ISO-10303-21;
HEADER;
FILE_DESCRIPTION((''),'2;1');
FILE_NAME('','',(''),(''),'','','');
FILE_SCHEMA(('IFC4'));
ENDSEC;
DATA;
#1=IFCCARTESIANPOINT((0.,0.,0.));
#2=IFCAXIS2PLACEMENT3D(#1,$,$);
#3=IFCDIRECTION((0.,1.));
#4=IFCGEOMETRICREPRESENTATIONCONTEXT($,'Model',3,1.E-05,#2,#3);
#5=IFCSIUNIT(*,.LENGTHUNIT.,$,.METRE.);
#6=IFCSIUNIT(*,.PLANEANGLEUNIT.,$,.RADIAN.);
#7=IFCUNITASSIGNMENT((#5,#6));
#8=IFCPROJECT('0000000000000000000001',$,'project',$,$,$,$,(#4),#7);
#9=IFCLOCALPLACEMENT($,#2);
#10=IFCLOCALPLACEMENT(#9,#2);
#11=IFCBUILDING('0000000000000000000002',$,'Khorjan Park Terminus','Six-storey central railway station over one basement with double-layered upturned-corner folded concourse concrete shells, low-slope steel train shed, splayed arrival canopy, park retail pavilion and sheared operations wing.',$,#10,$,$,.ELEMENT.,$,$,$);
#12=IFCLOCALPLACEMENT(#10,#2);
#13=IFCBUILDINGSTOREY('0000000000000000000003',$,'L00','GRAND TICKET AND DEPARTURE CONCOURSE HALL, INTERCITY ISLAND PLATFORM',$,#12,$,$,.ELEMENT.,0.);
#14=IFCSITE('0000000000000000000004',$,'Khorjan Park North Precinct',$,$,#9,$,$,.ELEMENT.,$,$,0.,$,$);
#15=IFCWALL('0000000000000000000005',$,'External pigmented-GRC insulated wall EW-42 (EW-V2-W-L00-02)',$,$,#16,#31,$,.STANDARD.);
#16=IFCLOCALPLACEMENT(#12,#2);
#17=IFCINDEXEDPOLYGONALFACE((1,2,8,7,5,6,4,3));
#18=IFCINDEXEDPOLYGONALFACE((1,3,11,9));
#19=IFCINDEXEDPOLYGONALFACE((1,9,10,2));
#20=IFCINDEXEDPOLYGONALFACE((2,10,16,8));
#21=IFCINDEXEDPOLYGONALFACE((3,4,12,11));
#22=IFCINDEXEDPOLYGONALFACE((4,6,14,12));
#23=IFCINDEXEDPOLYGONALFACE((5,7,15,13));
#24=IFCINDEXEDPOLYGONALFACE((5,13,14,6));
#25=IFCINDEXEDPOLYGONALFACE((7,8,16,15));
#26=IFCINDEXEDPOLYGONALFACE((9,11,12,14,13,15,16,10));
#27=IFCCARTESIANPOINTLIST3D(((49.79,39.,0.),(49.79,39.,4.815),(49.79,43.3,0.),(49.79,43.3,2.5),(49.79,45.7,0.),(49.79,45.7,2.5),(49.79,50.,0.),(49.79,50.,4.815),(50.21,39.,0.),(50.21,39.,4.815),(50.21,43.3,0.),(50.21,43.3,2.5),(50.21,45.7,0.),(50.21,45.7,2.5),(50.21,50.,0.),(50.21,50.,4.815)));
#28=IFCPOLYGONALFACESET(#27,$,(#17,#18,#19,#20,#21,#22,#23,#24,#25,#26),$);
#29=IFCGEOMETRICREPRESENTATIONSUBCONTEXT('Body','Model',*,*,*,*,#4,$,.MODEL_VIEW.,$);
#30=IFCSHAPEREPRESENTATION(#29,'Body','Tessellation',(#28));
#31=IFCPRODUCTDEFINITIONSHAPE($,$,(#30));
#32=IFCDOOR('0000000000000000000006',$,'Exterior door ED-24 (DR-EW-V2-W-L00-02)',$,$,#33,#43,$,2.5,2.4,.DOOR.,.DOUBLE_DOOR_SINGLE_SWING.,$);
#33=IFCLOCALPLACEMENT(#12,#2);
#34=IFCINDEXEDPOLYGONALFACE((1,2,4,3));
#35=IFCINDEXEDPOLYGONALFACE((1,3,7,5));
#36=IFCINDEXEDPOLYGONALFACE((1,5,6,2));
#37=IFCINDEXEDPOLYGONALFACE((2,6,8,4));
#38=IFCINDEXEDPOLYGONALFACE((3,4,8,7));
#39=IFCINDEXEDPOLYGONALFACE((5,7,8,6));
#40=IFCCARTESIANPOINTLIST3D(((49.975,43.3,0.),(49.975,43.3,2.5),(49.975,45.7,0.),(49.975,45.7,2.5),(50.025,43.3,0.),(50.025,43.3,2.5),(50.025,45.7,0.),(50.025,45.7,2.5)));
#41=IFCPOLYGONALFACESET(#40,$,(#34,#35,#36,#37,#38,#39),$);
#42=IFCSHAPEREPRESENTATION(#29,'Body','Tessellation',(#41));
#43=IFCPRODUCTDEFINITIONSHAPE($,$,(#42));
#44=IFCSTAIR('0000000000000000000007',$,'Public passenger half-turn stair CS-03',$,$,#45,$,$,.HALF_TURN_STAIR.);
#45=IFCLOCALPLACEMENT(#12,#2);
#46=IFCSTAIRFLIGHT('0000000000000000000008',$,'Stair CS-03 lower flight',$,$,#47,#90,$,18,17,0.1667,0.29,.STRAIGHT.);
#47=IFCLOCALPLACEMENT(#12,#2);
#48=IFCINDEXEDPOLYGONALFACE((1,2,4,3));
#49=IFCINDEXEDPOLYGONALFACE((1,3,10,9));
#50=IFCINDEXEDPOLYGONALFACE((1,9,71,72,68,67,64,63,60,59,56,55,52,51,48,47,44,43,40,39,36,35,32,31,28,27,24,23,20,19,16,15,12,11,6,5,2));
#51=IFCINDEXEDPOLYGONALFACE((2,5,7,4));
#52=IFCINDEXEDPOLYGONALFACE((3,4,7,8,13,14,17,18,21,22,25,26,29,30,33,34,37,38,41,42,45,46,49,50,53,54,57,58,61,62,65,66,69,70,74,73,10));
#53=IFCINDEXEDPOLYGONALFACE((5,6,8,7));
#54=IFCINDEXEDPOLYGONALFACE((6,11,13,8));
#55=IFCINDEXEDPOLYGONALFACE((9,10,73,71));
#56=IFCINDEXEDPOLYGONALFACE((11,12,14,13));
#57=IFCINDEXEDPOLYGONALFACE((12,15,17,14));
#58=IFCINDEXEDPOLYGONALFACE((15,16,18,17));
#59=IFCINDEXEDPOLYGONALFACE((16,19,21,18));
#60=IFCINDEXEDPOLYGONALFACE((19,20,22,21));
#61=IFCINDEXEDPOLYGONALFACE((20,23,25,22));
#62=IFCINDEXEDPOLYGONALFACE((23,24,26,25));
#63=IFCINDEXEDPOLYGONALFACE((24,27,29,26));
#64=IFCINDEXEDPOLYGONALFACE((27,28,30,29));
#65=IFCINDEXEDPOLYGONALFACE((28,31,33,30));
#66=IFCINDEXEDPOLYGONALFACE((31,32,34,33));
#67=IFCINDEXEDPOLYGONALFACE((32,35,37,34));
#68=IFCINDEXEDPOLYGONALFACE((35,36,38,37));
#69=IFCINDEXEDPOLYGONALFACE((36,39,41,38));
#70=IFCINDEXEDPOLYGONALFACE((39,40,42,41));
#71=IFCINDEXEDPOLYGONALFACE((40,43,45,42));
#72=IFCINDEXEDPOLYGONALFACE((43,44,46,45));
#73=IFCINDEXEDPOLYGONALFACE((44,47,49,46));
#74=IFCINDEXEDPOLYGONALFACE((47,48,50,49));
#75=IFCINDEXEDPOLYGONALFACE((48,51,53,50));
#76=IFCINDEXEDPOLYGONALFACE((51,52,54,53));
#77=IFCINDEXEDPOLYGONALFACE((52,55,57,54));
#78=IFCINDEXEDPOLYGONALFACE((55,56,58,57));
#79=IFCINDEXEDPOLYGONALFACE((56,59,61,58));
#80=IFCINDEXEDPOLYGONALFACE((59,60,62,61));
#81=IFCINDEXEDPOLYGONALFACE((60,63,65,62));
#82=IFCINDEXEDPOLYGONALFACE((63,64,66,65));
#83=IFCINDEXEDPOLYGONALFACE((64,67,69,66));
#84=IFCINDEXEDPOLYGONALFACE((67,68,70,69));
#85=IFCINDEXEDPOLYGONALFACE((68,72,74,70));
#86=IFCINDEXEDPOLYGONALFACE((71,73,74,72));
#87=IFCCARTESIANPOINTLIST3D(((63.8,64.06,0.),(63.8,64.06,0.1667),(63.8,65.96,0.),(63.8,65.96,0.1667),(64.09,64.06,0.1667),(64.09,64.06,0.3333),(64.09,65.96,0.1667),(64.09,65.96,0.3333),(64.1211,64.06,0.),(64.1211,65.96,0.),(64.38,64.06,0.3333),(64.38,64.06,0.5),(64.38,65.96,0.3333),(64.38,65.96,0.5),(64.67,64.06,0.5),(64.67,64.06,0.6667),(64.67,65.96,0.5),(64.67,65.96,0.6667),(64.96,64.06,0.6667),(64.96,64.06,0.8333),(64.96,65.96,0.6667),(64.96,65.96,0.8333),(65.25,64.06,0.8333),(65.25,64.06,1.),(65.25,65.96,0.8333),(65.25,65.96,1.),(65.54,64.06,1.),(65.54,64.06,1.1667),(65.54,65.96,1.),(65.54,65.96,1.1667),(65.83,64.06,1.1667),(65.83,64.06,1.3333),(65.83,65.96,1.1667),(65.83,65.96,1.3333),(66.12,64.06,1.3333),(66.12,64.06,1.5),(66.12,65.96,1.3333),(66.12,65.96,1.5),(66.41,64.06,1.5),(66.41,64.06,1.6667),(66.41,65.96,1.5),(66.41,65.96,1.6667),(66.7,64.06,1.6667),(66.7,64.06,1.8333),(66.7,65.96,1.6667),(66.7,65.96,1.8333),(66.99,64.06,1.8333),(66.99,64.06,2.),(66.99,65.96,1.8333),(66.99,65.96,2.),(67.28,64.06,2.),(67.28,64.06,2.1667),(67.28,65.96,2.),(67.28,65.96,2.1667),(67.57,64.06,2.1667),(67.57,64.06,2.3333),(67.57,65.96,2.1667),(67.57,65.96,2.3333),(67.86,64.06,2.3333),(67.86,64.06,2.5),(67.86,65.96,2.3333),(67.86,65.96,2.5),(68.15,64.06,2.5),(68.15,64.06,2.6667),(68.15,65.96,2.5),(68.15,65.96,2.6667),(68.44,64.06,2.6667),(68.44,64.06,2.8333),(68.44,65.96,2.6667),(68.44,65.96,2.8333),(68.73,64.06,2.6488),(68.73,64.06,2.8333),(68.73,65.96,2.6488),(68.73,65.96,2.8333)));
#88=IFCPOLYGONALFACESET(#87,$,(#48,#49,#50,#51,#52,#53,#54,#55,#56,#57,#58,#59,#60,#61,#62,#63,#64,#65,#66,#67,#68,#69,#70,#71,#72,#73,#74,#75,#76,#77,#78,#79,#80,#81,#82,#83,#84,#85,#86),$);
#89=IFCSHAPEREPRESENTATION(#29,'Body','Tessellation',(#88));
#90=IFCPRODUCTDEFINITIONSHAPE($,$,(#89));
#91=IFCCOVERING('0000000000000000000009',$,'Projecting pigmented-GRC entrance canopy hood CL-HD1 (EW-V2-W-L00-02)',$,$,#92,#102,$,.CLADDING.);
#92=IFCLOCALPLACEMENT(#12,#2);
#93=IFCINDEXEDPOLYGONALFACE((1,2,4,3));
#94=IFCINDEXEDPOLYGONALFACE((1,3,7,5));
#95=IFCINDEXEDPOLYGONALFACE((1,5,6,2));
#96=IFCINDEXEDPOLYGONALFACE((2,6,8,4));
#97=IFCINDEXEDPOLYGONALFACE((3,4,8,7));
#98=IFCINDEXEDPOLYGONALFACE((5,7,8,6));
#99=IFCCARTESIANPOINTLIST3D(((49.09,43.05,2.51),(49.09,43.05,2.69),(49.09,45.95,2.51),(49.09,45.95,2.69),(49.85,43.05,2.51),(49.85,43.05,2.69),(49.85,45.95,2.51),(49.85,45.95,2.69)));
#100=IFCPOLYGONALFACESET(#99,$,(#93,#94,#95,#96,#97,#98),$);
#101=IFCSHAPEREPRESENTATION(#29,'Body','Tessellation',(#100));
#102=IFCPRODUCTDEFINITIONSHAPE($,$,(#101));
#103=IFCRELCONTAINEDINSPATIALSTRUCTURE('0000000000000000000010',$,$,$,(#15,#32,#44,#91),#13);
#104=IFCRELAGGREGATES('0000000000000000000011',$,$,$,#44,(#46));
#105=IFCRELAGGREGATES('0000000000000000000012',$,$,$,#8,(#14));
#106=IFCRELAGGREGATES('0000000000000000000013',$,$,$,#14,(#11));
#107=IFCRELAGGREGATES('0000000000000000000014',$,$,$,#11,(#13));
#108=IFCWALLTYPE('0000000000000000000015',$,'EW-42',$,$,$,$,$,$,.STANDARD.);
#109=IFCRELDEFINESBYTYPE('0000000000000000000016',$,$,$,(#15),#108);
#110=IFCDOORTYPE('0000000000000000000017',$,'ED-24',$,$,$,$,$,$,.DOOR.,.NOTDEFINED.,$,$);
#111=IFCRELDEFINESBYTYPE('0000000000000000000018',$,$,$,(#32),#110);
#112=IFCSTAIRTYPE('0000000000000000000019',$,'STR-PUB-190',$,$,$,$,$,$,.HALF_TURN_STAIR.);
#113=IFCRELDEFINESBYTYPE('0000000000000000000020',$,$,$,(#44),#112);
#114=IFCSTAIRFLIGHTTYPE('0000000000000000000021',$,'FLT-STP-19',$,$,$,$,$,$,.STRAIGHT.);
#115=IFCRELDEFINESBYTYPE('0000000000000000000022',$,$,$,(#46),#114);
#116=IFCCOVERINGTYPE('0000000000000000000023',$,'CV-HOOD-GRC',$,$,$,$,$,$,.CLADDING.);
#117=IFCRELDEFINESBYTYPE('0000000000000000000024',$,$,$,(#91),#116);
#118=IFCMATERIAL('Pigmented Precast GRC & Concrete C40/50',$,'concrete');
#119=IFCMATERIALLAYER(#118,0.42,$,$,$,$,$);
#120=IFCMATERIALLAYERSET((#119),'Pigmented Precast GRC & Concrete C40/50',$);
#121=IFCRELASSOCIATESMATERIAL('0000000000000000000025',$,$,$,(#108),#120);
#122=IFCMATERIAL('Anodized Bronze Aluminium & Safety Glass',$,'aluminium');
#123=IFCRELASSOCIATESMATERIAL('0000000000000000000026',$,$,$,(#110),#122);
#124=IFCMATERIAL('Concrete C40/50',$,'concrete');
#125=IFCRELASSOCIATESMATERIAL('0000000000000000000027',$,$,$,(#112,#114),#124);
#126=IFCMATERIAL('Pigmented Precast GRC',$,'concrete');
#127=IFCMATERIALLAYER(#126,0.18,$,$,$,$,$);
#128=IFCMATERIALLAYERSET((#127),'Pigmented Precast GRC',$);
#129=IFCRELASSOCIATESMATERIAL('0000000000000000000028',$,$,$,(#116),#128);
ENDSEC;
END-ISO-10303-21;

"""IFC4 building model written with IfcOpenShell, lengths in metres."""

from ifc_helpers import new_model, si_unit, direction, frame, frame_2d, origin, origin_2d, place, context, subcontext, project, spatial, polyline, rectangle, outline, extrude, material, layer, layer_set, type_object, element, fill, aggregate, save


model = new_model("IFC4")

# Units and contexts
model_context = context("Model", 3, precision=1e-05, world=origin(), true_north=direction((0.0, 1.0)))
body_context = subcontext(model_context, "Body", "Model", "MODEL_VIEW")
ifc_project = project(units=[si_unit("LENGTHUNIT", "METRE"), si_unit("PLANEANGLEUNIT", "RADIAN")], contexts=[model_context])

# Site, building, storey
site_placement = place(None, origin())
site = spatial("IfcSite", under=ifc_project, at=site_placement, Name="Khorjan Park North Precinct", CompositionType="ELEMENT", RefElevation=0.0)
building_placement = place(site_placement, origin())
building = spatial("IfcBuilding", under=site, at=building_placement, Name="Khorjan Park Terminus", Description="Six-storey central railway station over one basement with double-layered upturned-corner folded concourse concrete shells, low-slope steel train shed, splayed arrival canopy, park retail pavilion and sheared operations wing.", CompositionType="ELEMENT")
storey_placement = place(building_placement, origin())
storey = spatial("IfcBuildingStorey", under=building, at=storey_placement, Name="L00", Description="GRAND TICKET AND DEPARTURE CONCOURSE HALL, INTERCITY ISLAND PLATFORM", CompositionType="ELEMENT", Elevation=0.0)

# Shared definitions
ifc_material_1 = material(Name="Concrete C40/50", Category="concrete")

# Wall, opening, door
ifc_material_2 = material(Name="Pigmented Precast GRC & Concrete C40/50", Category="concrete")
ifc_layer_1 = layer(ifc_material_2, 0.42)
ifc_layer_set_1 = layer_set([ifc_layer_1], Name="Pigmented Precast GRC & Concrete C40/50")
wall_type = type_object("IfcWallType", Name="EW-42", PredefinedType="STANDARD", material=ifc_layer_set_1)
wall_placement = place(storey_placement, frame((50.0, 50.0, 0.0), z_axis=(0.0, 0.0, 1.0), x_axis=(0.0, -1.0, 0.0)))
wall = element("IfcWall", 1, at=wall_placement, inside=storey, type_object=wall_type, Name="External pigmented-GRC insulated wall EW-42 (EW-V2-W-L00-02)", PredefinedType="STANDARD", context=body_context, shape_type="SweptSolid", body=[
    extrude(rectangle(XDim=11.0, YDim=0.42, at=frame_2d((5.5, 0.0))), origin(), (0.0, 0.0, 1.0), 4.815),
])
opening_placement = place(wall_placement, frame((4.3, 0.0, 0.0)))
opening = element("IfcOpeningElement", 2, at=opening_placement, cuts=wall, PredefinedType="OPENING", context=body_context, shape_type="SweptSolid", body=[
    extrude(rectangle(XDim=2.4, YDim=2.5, at=frame_2d((1.2, 1.25))), frame((0.0, 0.22, 0.0), z_axis=(0.0, -1.0, 0.0), x_axis=(1.0, 0.0, 0.0)), (0.0, 0.0, 1.0), 0.44),
])
ifc_material_3 = material(Name="Anodized Bronze Aluminium & Safety Glass", Category="aluminium")
door_type = type_object("IfcDoorType", Name="ED-24", OperationType="NOTDEFINED", PredefinedType="DOOR", material=ifc_material_3)
door_placement = place(opening_placement, origin())
door = element("IfcDoor", 3, at=door_placement, inside=storey, type_object=door_type, Name="Exterior door ED-24 (DR-EW-V2-W-L00-02)", OperationType="DOUBLE_DOOR_SINGLE_SWING", OverallHeight=2.5, OverallWidth=2.4, PredefinedType="DOOR", context=body_context, shape_type="SweptSolid", body=[
    extrude(rectangle(XDim=2.4, YDim=2.5, at=frame_2d((1.2, 1.25))), frame((0.0, 0.025, 0.0), z_axis=(0.0, -1.0, 0.0), x_axis=(1.0, 0.0, 0.0)), (0.0, 0.0, 1.0), 0.05),
])
fill(opening, door)

# Stair, stair flight
stair_type = type_object("IfcStairType", Name="STR-PUB-190", PredefinedType="HALF_TURN_STAIR", material=ifc_material_1)
stair_placement = place(storey_placement, origin())
stair = element("IfcStair", 4, at=stair_placement, inside=storey, type_object=stair_type, Name="Public passenger half-turn stair CS-03", PredefinedType="HALF_TURN_STAIR")
stair_flight_type = type_object("IfcStairFlightType", Name="FLT-STP-19", PredefinedType="STRAIGHT", material=ifc_material_1)
stair_flight_placement = place(storey_placement, frame((63.8, 65.01, 0.0), z_axis=(0.0, 0.0, 1.0), x_axis=(1.0, 0.0, 0.0)))
stair_flight = element("IfcStairFlight", 5, at=stair_flight_placement, type_object=stair_flight_type, Name="Stair CS-03 lower flight", NumberOfRisers=18, NumberOfTreads=17, PredefinedType="STRAIGHT", RiserHeight=0.1667, TreadLength=0.29, context=body_context, shape_type="SweptSolid", body=[
    extrude(outline(polyline([(0.0, 0.0), (0.0, 0.1667), (0.29, 0.1667), (0.29, 0.3333), (0.58, 0.3333), (0.58, 0.5), (0.87, 0.5), (0.87, 0.6667), (1.16, 0.6667), (1.16, 0.8333), (1.45, 0.8333), (1.45, 1.0), (1.74, 1.0), (1.74, 1.1667), (2.03, 1.1667), (2.03, 1.3333), (2.32, 1.3333), (2.32, 1.5), (2.61, 1.5), (2.61, 1.6667), (2.9, 1.6667), (2.9, 1.8333), (3.19, 1.8333), (3.19, 2.0), (3.48, 2.0), (3.48, 2.1667), (3.77, 2.1667), (3.77, 2.3333), (4.06, 2.3333), (4.06, 2.5), (4.35, 2.5), (4.35, 2.6667), (4.64, 2.6667), (4.64, 2.8333), (4.93, 2.8333), (4.93, 3.0), (4.93, 2.6488), (0.3211, 0.0), (0.0, 0.0)])), frame((0.0, 0.95, 0.0), z_axis=(0.0, -1.0, 0.0), x_axis=(1.0, 0.0, 0.0)), (0.0, 0.0, 1.0), 1.9),
])

# Covering
ifc_material_4 = material(Name="Pigmented Precast GRC", Category="concrete")
ifc_layer_2 = layer(ifc_material_4, 0.18)
ifc_layer_set_2 = layer_set([ifc_layer_2], Name="Pigmented Precast GRC")
covering_type = type_object("IfcCoveringType", Name="CV-HOOD-GRC", PredefinedType="CLADDING", material=ifc_layer_set_2)
covering_placement = place(storey_placement, frame((49.47, 44.5, 2.51), z_axis=(0.0, 0.0, 1.0), x_axis=(0.0, -1.0, 0.0)))
element("IfcCovering", 6, at=covering_placement, inside=storey, type_object=covering_type, Name="Projecting pigmented-GRC entrance canopy hood CL-HD1 (EW-V2-W-L00-02)", PredefinedType="CLADDING", context=body_context, shape_type="SweptSolid", body=[
    extrude(rectangle(XDim=2.9, YDim=0.76, at=origin_2d()), origin(), (0.0, 0.0, 1.0), 0.18),
])

aggregate(stair, [stair_flight])

save(model, "model.ifc")
